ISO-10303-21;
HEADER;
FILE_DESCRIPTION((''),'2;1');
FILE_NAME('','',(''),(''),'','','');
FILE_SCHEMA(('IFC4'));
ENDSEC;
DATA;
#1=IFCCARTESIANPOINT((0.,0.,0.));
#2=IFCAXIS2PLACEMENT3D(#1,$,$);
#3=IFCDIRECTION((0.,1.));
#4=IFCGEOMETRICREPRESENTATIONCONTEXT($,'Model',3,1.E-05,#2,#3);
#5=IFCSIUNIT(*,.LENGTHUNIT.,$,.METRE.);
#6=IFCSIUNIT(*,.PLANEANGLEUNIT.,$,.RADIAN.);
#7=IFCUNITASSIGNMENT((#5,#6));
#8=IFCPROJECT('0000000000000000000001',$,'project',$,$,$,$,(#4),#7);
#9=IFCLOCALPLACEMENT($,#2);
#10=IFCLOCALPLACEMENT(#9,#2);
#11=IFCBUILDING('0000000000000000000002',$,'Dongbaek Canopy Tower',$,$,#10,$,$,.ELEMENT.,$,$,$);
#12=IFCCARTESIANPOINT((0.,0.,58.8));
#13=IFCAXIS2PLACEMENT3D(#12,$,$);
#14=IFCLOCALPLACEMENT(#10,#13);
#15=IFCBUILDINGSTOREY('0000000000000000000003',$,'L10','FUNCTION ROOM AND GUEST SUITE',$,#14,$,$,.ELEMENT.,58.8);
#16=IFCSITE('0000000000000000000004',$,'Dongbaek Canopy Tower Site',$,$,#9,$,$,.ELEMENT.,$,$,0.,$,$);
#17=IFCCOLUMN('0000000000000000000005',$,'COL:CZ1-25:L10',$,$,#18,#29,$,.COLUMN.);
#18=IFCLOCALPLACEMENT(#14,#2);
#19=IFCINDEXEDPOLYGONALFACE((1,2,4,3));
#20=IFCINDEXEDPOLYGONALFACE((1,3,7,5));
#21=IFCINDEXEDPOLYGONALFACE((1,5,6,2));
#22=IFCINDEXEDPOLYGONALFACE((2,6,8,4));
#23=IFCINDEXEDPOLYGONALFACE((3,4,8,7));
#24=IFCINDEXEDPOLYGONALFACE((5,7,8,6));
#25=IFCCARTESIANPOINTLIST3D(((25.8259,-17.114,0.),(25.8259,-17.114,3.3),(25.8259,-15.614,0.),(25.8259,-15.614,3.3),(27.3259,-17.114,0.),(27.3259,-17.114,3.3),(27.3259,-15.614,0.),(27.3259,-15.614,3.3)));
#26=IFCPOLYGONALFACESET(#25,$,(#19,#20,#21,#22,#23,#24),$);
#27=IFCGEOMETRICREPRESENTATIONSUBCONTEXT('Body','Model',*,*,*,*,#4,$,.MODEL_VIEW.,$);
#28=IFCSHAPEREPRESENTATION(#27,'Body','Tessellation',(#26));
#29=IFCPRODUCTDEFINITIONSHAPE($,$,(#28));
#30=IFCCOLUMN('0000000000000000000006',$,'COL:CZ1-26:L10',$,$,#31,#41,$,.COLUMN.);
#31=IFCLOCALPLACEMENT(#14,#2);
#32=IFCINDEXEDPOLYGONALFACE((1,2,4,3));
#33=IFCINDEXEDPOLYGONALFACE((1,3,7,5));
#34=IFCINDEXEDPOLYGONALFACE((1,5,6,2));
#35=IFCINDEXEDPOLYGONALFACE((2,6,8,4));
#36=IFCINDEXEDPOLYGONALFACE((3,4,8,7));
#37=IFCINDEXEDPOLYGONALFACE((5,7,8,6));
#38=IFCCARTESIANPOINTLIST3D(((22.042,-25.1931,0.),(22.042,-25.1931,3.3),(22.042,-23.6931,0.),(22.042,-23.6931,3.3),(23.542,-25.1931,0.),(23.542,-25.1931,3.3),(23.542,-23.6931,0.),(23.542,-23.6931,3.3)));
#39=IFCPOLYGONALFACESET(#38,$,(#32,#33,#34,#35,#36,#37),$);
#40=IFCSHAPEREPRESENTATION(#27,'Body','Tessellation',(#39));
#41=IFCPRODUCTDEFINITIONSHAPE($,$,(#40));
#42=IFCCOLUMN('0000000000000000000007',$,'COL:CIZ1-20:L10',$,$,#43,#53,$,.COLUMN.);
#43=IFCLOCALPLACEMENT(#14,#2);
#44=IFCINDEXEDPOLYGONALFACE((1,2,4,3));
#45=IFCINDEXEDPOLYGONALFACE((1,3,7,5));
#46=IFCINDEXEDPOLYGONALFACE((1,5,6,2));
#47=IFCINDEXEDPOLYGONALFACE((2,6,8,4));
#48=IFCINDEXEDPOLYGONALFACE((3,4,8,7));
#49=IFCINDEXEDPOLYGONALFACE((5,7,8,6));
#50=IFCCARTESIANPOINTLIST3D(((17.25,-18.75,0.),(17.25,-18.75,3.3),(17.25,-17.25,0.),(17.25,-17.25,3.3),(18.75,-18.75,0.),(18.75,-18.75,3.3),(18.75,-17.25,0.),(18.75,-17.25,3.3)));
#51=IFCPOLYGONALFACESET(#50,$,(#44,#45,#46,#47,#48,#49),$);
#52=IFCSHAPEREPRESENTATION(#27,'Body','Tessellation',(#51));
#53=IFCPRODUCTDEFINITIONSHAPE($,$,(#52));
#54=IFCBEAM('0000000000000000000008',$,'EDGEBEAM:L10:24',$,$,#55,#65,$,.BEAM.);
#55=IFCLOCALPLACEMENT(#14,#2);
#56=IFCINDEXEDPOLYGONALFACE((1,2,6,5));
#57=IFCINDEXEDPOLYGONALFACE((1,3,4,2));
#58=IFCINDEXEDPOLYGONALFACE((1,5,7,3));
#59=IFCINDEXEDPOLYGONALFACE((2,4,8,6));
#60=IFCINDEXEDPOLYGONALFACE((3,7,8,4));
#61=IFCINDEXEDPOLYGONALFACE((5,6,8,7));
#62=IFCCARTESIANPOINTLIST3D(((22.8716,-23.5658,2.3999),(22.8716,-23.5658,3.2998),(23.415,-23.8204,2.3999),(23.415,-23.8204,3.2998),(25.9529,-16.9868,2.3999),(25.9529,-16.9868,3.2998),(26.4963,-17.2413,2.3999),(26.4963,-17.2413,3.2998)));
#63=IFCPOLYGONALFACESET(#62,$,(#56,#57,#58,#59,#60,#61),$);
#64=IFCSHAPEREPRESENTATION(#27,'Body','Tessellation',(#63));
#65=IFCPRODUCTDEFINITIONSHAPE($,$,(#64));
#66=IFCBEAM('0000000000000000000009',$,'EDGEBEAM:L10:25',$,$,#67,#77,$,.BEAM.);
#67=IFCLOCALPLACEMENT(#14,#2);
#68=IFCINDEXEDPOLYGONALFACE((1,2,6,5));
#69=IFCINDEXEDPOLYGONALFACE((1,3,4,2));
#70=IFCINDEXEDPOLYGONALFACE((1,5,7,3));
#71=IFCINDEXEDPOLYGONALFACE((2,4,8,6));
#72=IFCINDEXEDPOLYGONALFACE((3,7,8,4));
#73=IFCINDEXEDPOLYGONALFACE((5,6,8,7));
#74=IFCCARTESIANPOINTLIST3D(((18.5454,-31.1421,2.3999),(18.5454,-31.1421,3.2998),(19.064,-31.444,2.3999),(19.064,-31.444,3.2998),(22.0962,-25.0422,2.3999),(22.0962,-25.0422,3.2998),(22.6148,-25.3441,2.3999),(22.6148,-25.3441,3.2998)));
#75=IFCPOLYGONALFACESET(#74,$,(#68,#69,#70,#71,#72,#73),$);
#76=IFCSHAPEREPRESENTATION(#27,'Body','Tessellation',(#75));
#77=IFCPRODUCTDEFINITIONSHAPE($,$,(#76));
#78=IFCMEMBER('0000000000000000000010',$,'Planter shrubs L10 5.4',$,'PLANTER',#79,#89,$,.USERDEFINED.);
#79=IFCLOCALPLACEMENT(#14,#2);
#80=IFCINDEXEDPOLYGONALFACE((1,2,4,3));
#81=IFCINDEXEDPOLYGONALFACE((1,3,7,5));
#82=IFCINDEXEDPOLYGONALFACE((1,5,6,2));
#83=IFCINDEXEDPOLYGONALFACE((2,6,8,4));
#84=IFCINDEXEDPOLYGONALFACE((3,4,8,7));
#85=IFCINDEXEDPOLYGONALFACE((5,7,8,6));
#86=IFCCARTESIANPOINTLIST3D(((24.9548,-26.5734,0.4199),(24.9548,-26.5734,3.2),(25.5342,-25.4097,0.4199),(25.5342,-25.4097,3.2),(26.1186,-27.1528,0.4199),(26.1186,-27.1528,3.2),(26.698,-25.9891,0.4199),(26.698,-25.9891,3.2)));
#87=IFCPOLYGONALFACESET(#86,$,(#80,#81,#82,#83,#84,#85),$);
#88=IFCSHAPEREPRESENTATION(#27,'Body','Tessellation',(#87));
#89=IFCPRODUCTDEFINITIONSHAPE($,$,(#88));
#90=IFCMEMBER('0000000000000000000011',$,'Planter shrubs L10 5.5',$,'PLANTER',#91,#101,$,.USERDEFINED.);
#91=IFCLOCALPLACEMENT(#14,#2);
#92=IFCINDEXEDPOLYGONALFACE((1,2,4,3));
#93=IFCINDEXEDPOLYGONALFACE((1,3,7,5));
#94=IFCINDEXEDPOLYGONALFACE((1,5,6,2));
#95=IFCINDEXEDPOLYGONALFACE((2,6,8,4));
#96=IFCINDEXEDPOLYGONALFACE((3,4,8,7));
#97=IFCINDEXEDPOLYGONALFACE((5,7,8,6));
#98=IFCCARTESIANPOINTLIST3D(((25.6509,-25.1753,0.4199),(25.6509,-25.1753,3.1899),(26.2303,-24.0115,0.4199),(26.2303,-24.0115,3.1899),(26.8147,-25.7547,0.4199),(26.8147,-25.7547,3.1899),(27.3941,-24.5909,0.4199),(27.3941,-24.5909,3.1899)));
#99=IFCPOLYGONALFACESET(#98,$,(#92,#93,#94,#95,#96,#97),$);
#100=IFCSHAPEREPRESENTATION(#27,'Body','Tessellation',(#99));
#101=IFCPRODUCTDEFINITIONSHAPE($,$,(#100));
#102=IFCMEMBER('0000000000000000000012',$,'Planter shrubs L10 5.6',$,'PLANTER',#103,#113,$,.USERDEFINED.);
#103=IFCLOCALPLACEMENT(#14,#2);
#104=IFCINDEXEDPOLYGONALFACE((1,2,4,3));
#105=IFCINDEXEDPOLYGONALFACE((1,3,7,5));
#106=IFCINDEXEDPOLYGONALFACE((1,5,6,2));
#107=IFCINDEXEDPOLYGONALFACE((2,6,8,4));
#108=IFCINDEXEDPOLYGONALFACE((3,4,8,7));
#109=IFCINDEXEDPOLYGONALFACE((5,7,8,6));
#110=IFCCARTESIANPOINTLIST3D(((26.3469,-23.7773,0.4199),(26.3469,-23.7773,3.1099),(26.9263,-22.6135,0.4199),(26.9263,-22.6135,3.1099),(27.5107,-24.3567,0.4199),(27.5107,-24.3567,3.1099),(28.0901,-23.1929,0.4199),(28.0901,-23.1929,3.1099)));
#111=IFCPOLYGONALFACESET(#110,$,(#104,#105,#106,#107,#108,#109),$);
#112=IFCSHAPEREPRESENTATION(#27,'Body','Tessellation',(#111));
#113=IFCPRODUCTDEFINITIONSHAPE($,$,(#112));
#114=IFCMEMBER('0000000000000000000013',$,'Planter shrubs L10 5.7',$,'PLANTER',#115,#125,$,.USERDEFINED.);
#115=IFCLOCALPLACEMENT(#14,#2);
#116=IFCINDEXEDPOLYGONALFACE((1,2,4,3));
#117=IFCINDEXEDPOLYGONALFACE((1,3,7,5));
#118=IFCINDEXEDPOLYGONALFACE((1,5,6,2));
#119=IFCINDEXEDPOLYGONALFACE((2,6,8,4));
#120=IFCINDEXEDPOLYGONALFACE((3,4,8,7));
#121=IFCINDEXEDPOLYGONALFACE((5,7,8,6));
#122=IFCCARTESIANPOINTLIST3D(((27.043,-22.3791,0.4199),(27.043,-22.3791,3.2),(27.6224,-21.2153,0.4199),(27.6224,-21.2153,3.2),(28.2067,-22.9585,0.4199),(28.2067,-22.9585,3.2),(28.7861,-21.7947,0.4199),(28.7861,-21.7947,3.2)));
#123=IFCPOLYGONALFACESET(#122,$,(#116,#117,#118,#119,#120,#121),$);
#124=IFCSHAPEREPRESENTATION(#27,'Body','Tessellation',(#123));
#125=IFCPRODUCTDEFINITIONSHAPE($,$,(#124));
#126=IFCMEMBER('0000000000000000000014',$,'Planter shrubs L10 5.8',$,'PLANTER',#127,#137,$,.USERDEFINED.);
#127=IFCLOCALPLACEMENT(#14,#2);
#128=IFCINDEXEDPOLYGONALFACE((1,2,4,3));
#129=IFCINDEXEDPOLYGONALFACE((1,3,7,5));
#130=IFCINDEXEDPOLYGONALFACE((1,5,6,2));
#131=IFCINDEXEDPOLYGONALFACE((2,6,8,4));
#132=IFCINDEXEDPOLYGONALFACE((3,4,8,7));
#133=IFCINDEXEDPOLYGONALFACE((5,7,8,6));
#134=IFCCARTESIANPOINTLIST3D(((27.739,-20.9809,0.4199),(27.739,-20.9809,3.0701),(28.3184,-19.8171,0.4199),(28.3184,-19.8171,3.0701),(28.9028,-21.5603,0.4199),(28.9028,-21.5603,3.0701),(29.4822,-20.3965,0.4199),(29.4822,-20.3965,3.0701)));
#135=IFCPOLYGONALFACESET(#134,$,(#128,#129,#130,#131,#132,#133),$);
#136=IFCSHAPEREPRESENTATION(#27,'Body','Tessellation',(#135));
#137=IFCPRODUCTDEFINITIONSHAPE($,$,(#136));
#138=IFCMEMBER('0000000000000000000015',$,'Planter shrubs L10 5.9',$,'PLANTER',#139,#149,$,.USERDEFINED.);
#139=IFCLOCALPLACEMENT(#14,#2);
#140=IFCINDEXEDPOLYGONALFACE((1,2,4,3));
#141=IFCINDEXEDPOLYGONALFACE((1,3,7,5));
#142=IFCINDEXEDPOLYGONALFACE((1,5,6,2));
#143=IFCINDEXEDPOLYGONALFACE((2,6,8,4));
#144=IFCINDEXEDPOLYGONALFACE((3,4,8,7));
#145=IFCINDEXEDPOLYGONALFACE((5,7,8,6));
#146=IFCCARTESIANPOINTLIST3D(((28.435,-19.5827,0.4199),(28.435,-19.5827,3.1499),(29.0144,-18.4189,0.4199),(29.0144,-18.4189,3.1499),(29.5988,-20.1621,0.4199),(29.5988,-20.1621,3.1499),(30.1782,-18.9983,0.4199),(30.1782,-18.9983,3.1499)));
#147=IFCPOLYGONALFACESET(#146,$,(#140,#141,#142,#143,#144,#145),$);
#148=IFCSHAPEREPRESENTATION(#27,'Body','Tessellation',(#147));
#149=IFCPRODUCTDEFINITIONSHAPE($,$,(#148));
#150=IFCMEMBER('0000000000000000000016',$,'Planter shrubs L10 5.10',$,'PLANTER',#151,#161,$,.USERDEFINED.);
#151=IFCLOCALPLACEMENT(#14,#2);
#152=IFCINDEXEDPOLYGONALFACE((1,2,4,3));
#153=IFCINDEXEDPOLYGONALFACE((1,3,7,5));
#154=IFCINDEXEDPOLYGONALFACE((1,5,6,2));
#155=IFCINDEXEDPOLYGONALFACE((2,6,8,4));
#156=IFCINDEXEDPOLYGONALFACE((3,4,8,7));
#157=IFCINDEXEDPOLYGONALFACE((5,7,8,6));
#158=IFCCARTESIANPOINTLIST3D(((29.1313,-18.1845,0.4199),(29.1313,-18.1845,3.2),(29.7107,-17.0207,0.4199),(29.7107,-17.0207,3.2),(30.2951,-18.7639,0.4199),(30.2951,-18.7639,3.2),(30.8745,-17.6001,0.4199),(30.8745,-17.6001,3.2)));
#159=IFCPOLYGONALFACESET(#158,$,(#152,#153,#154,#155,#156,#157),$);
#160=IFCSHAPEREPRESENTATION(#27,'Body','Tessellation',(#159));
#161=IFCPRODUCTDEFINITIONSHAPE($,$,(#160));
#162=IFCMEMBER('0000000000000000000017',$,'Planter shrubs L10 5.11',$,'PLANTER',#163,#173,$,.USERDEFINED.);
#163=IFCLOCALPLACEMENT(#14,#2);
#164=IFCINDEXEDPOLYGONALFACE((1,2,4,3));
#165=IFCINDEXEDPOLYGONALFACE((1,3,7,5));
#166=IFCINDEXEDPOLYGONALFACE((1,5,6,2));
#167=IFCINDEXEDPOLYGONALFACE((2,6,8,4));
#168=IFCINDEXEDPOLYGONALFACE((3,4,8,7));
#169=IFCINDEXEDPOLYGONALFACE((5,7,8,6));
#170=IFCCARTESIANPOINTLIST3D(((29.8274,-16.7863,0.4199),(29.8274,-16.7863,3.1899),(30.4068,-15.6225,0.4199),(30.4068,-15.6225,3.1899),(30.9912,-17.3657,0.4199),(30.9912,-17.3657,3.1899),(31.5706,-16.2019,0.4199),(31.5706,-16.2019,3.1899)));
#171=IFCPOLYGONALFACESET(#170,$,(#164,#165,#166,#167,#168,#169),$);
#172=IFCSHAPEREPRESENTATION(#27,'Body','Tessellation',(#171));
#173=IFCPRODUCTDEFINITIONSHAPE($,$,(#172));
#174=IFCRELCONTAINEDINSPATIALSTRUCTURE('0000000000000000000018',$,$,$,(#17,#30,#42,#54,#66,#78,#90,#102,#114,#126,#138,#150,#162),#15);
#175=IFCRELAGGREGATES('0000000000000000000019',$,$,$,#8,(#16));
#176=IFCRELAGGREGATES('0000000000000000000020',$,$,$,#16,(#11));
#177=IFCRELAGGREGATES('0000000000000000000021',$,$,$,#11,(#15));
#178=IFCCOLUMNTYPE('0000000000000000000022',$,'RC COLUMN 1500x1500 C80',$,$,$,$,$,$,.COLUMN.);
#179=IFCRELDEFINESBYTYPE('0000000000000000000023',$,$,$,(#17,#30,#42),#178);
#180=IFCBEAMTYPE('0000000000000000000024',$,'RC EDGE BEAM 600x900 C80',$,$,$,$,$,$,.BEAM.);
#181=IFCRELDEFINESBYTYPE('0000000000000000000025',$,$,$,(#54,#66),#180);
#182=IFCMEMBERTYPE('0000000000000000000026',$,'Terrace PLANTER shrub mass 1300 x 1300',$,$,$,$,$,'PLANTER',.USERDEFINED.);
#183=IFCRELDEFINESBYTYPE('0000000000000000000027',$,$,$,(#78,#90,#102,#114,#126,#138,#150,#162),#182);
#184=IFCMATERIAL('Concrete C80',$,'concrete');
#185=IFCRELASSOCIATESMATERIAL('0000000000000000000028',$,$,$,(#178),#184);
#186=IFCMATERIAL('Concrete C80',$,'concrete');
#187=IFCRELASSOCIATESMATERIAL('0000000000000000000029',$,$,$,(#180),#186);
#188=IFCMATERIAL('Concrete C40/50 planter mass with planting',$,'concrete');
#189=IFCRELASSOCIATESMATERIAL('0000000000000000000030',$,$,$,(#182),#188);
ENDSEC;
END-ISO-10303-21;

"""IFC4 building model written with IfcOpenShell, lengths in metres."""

from ifc_helpers import new_model, si_unit, direction, frame, origin, origin_2d, place, context, subcontext, project, spatial, rectangle, extrude, material, material_profile, profile_set, type_object, element, save


model = new_model("IFC4")

# Units and contexts
model_context = context("Model", 3, precision=1e-05, world=origin(), true_north=direction((0.0, 1.0)))
body_context = subcontext(model_context, "Body", "Model", "MODEL_VIEW")
ifc_project = project(units=[si_unit("LENGTHUNIT", "METRE"), si_unit("PLANEANGLEUNIT", "RADIAN")], contexts=[model_context])

# Site, building, storey
site_placement = place(None, origin())
site = spatial("IfcSite", under=ifc_project, at=site_placement, Name="Dongbaek Canopy Tower Site", CompositionType="ELEMENT", RefElevation=0.0)
building_placement = place(site_placement, origin())
building = spatial("IfcBuilding", under=site, at=building_placement, Name="Dongbaek Canopy Tower", CompositionType="ELEMENT")
storey_placement = place(building_placement, frame((0.0, 0.0, 58.8)))
storey = spatial("IfcBuildingStorey", under=building, at=storey_placement, Name="L10", Description="FUNCTION ROOM AND GUEST SUITE", CompositionType="ELEMENT", Elevation=58.8)

# Columns
ifc_material_1 = material(Name="Concrete C80", Category="concrete")
ifc_material_profile_1 = material_profile(ifc_material_1, rectangle(XDim=1.5, YDim=1.5, at=origin_2d()), Name="RC COLUMN 1500x1500 C80")
ifc_profile_set_1 = profile_set([ifc_material_profile_1], Name="Concrete C80")
column_type = type_object("IfcColumnType", Name="RC COLUMN 1500x1500 C80", PredefinedType="COLUMN", material=ifc_profile_set_1)
for number, where, z_axis, x_axis, name in (
    (1, (26.5759, -16.364, 0.0), (0.0, 0.0, 1.0), (1.0, 0.0, 0.0), "COL:CZ1-25:L10"),
    (2, (22.792, -24.4431, 0.0), (0.0, 0.0, 1.0), (1.0, 0.0, 0.0), "COL:CZ1-26:L10"),
    (3, (18.0, -18.0, 0.0), (0.0, 0.0, 1.0), (1.0, 0.0, 0.0), "COL:CIZ1-20:L10"),
):
    element("IfcColumn", number, at=place(storey_placement, frame(where, z_axis=z_axis, x_axis=x_axis)), inside=storey, type_object=column_type, Name=name, PredefinedType="COLUMN", context=body_context, shape_type="SweptSolid", body=[
        extrude(rectangle(XDim=1.5, YDim=1.5, at=origin_2d()), origin(), (0.0, 0.0, 1.0), 3.3),
    ])

# Beams
ifc_material_2 = material(Name="Concrete C80", Category="concrete")
ifc_material_profile_2 = material_profile(ifc_material_2, rectangle(XDim=0.6001, YDim=0.8999, at=origin_2d()), Name="RC EDGE BEAM 600x900 C80")
ifc_profile_set_2 = profile_set([ifc_material_profile_2], Name="Concrete C80")
beam_type = type_object("IfcBeamType", Name="RC EDGE BEAM 600x900 C80", PredefinedType="BEAM", material=ifc_profile_set_2)
beam_1_placement = place(storey_placement, frame((26.2246, -17.114, 2.8499), z_axis=(-0.424134, -0.905599, 0.0), x_axis=(0.905599, -0.424134, 0.0)))
element("IfcBeam", 4, at=beam_1_placement, inside=storey, type_object=beam_type, Name="EDGEBEAM:L10:24", PredefinedType="BEAM", context=body_context, shape_type="SweptSolid", body=[
    extrude(rectangle(XDim=0.6001, YDim=0.8999, at=origin_2d()), origin(), (0.0, 0.0, 1.0), 7.2649),
])
beam_2_placement = place(storey_placement, frame((22.3555, -25.1931, 2.8499), z_axis=(-0.503082, -0.864239, 0.0), x_axis=(0.864239, -0.503082, 0.0)))
element("IfcBeam", 5, at=beam_2_placement, inside=storey, type_object=beam_type, Name="EDGEBEAM:L10:25", PredefinedType="BEAM", context=body_context, shape_type="SweptSolid", body=[
    extrude(rectangle(XDim=0.6001, YDim=0.8999, at=origin_2d()), origin(), (0.0, 0.0, 1.0), 7.0581),
])

# Members
ifc_material_3 = material(Name="Concrete C40/50 planter mass with planting", Category="concrete")
ifc_material_profile_3 = material_profile(ifc_material_3, rectangle(XDim=1.3, YDim=1.3, at=origin_2d()), Name="Terrace PLANTER shrub mass 1300 x 1300")
ifc_profile_set_3 = profile_set([ifc_material_profile_3], Name="Concrete C40/50 planter mass with planting")
member_type = type_object("IfcMemberType", Name="Terrace PLANTER shrub mass 1300 x 1300", ElementType="PLANTER", PredefinedType="USERDEFINED", material=ifc_profile_set_3)
member_1_placement = place(storey_placement, frame((25.8264, -26.2812, 0.4199), z_axis=(0.0, 0.0, 1.0), x_axis=(0.895193, -0.445678, 0.0)))
element("IfcMember", 6, at=member_1_placement, inside=storey, type_object=member_type, Name="Planter shrubs L10 5.4", ObjectType="PLANTER", PredefinedType="USERDEFINED", context=body_context, shape_type="SweptSolid", body=[
    extrude(rectangle(XDim=1.3, YDim=1.3, at=origin_2d()), origin(), (0.0, 0.0, 1.0), 2.78),
])
member_2_placement = place(storey_placement, frame((26.5225, -24.8831, 0.4199), z_axis=(0.0, 0.0, 1.0), x_axis=(0.895193, -0.445678, 0.0)))
element("IfcMember", 7, at=member_2_placement, inside=storey, type_object=member_type, Name="Planter shrubs L10 5.5", ObjectType="PLANTER", PredefinedType="USERDEFINED", context=body_context, shape_type="SweptSolid", body=[
    extrude(rectangle(XDim=1.3, YDim=1.3, at=origin_2d()), origin(), (0.0, 0.0, 1.0), 2.77),
])
member_3_placement = place(storey_placement, frame((27.2185, -23.4851, 0.4199), z_axis=(0.0, 0.0, 1.0), x_axis=(0.895193, -0.445678, 0.0)))
element("IfcMember", 8, at=member_3_placement, inside=storey, type_object=member_type, Name="Planter shrubs L10 5.6", ObjectType="PLANTER", PredefinedType="USERDEFINED", context=body_context, shape_type="SweptSolid", body=[
    extrude(rectangle(XDim=1.3, YDim=1.3, at=origin_2d()), origin(), (0.0, 0.0, 1.0), 2.6899),
])
member_4_placement = place(storey_placement, frame((27.9146, -22.0869, 0.4199), z_axis=(0.0, 0.0, 1.0), x_axis=(0.895193, -0.445678, 0.0)))
element("IfcMember", 9, at=member_4_placement, inside=storey, type_object=member_type, Name="Planter shrubs L10 5.7", ObjectType="PLANTER", PredefinedType="USERDEFINED", context=body_context, shape_type="SweptSolid", body=[
    extrude(rectangle(XDim=1.3, YDim=1.3, at=origin_2d()), origin(), (0.0, 0.0, 1.0), 2.78),
])
member_5_placement = place(storey_placement, frame((28.6106, -20.6887, 0.4199), z_axis=(0.0, 0.0, 1.0), x_axis=(0.895193, -0.445678, 0.0)))
element("IfcMember", 10, at=member_5_placement, inside=storey, type_object=member_type, Name="Planter shrubs L10 5.8", ObjectType="PLANTER", PredefinedType="USERDEFINED", context=body_context, shape_type="SweptSolid", body=[
    extrude(rectangle(XDim=1.3, YDim=1.3, at=origin_2d()), origin(), (0.0, 0.0, 1.0), 2.6501),
])
member_6_placement = place(storey_placement, frame((29.3066, -19.2905, 0.4199), z_axis=(0.0, 0.0, 1.0), x_axis=(0.895193, -0.445678, 0.0)))
element("IfcMember", 11, at=member_6_placement, inside=storey, type_object=member_type, Name="Planter shrubs L10 5.9", ObjectType="PLANTER", PredefinedType="USERDEFINED", context=body_context, shape_type="SweptSolid", body=[
    extrude(rectangle(XDim=1.3, YDim=1.3, at=origin_2d()), origin(), (0.0, 0.0, 1.0), 2.73),
])
member_7_placement = place(storey_placement, frame((30.0029, -17.8923, 0.4199), z_axis=(0.0, 0.0, 1.0), x_axis=(0.895193, -0.445678, 0.0)))
element("IfcMember", 12, at=member_7_placement, inside=storey, type_object=member_type, Name="Planter shrubs L10 5.10", ObjectType="PLANTER", PredefinedType="USERDEFINED", context=body_context, shape_type="SweptSolid", body=[
    extrude(rectangle(XDim=1.3, YDim=1.3, at=origin_2d()), origin(), (0.0, 0.0, 1.0), 2.78),
])
member_8_placement = place(storey_placement, frame((30.699, -16.4941, 0.4199), z_axis=(0.0, 0.0, 1.0), x_axis=(0.895193, -0.445678, 0.0)))
element("IfcMember", 13, at=member_8_placement, inside=storey, type_object=member_type, Name="Planter shrubs L10 5.11", ObjectType="PLANTER", PredefinedType="USERDEFINED", context=body_context, shape_type="SweptSolid", body=[
    extrude(rectangle(XDim=1.3, YDim=1.3, at=origin_2d()), origin(), (0.0, 0.0, 1.0), 2.77),
])

save(model, "model.ifc")
